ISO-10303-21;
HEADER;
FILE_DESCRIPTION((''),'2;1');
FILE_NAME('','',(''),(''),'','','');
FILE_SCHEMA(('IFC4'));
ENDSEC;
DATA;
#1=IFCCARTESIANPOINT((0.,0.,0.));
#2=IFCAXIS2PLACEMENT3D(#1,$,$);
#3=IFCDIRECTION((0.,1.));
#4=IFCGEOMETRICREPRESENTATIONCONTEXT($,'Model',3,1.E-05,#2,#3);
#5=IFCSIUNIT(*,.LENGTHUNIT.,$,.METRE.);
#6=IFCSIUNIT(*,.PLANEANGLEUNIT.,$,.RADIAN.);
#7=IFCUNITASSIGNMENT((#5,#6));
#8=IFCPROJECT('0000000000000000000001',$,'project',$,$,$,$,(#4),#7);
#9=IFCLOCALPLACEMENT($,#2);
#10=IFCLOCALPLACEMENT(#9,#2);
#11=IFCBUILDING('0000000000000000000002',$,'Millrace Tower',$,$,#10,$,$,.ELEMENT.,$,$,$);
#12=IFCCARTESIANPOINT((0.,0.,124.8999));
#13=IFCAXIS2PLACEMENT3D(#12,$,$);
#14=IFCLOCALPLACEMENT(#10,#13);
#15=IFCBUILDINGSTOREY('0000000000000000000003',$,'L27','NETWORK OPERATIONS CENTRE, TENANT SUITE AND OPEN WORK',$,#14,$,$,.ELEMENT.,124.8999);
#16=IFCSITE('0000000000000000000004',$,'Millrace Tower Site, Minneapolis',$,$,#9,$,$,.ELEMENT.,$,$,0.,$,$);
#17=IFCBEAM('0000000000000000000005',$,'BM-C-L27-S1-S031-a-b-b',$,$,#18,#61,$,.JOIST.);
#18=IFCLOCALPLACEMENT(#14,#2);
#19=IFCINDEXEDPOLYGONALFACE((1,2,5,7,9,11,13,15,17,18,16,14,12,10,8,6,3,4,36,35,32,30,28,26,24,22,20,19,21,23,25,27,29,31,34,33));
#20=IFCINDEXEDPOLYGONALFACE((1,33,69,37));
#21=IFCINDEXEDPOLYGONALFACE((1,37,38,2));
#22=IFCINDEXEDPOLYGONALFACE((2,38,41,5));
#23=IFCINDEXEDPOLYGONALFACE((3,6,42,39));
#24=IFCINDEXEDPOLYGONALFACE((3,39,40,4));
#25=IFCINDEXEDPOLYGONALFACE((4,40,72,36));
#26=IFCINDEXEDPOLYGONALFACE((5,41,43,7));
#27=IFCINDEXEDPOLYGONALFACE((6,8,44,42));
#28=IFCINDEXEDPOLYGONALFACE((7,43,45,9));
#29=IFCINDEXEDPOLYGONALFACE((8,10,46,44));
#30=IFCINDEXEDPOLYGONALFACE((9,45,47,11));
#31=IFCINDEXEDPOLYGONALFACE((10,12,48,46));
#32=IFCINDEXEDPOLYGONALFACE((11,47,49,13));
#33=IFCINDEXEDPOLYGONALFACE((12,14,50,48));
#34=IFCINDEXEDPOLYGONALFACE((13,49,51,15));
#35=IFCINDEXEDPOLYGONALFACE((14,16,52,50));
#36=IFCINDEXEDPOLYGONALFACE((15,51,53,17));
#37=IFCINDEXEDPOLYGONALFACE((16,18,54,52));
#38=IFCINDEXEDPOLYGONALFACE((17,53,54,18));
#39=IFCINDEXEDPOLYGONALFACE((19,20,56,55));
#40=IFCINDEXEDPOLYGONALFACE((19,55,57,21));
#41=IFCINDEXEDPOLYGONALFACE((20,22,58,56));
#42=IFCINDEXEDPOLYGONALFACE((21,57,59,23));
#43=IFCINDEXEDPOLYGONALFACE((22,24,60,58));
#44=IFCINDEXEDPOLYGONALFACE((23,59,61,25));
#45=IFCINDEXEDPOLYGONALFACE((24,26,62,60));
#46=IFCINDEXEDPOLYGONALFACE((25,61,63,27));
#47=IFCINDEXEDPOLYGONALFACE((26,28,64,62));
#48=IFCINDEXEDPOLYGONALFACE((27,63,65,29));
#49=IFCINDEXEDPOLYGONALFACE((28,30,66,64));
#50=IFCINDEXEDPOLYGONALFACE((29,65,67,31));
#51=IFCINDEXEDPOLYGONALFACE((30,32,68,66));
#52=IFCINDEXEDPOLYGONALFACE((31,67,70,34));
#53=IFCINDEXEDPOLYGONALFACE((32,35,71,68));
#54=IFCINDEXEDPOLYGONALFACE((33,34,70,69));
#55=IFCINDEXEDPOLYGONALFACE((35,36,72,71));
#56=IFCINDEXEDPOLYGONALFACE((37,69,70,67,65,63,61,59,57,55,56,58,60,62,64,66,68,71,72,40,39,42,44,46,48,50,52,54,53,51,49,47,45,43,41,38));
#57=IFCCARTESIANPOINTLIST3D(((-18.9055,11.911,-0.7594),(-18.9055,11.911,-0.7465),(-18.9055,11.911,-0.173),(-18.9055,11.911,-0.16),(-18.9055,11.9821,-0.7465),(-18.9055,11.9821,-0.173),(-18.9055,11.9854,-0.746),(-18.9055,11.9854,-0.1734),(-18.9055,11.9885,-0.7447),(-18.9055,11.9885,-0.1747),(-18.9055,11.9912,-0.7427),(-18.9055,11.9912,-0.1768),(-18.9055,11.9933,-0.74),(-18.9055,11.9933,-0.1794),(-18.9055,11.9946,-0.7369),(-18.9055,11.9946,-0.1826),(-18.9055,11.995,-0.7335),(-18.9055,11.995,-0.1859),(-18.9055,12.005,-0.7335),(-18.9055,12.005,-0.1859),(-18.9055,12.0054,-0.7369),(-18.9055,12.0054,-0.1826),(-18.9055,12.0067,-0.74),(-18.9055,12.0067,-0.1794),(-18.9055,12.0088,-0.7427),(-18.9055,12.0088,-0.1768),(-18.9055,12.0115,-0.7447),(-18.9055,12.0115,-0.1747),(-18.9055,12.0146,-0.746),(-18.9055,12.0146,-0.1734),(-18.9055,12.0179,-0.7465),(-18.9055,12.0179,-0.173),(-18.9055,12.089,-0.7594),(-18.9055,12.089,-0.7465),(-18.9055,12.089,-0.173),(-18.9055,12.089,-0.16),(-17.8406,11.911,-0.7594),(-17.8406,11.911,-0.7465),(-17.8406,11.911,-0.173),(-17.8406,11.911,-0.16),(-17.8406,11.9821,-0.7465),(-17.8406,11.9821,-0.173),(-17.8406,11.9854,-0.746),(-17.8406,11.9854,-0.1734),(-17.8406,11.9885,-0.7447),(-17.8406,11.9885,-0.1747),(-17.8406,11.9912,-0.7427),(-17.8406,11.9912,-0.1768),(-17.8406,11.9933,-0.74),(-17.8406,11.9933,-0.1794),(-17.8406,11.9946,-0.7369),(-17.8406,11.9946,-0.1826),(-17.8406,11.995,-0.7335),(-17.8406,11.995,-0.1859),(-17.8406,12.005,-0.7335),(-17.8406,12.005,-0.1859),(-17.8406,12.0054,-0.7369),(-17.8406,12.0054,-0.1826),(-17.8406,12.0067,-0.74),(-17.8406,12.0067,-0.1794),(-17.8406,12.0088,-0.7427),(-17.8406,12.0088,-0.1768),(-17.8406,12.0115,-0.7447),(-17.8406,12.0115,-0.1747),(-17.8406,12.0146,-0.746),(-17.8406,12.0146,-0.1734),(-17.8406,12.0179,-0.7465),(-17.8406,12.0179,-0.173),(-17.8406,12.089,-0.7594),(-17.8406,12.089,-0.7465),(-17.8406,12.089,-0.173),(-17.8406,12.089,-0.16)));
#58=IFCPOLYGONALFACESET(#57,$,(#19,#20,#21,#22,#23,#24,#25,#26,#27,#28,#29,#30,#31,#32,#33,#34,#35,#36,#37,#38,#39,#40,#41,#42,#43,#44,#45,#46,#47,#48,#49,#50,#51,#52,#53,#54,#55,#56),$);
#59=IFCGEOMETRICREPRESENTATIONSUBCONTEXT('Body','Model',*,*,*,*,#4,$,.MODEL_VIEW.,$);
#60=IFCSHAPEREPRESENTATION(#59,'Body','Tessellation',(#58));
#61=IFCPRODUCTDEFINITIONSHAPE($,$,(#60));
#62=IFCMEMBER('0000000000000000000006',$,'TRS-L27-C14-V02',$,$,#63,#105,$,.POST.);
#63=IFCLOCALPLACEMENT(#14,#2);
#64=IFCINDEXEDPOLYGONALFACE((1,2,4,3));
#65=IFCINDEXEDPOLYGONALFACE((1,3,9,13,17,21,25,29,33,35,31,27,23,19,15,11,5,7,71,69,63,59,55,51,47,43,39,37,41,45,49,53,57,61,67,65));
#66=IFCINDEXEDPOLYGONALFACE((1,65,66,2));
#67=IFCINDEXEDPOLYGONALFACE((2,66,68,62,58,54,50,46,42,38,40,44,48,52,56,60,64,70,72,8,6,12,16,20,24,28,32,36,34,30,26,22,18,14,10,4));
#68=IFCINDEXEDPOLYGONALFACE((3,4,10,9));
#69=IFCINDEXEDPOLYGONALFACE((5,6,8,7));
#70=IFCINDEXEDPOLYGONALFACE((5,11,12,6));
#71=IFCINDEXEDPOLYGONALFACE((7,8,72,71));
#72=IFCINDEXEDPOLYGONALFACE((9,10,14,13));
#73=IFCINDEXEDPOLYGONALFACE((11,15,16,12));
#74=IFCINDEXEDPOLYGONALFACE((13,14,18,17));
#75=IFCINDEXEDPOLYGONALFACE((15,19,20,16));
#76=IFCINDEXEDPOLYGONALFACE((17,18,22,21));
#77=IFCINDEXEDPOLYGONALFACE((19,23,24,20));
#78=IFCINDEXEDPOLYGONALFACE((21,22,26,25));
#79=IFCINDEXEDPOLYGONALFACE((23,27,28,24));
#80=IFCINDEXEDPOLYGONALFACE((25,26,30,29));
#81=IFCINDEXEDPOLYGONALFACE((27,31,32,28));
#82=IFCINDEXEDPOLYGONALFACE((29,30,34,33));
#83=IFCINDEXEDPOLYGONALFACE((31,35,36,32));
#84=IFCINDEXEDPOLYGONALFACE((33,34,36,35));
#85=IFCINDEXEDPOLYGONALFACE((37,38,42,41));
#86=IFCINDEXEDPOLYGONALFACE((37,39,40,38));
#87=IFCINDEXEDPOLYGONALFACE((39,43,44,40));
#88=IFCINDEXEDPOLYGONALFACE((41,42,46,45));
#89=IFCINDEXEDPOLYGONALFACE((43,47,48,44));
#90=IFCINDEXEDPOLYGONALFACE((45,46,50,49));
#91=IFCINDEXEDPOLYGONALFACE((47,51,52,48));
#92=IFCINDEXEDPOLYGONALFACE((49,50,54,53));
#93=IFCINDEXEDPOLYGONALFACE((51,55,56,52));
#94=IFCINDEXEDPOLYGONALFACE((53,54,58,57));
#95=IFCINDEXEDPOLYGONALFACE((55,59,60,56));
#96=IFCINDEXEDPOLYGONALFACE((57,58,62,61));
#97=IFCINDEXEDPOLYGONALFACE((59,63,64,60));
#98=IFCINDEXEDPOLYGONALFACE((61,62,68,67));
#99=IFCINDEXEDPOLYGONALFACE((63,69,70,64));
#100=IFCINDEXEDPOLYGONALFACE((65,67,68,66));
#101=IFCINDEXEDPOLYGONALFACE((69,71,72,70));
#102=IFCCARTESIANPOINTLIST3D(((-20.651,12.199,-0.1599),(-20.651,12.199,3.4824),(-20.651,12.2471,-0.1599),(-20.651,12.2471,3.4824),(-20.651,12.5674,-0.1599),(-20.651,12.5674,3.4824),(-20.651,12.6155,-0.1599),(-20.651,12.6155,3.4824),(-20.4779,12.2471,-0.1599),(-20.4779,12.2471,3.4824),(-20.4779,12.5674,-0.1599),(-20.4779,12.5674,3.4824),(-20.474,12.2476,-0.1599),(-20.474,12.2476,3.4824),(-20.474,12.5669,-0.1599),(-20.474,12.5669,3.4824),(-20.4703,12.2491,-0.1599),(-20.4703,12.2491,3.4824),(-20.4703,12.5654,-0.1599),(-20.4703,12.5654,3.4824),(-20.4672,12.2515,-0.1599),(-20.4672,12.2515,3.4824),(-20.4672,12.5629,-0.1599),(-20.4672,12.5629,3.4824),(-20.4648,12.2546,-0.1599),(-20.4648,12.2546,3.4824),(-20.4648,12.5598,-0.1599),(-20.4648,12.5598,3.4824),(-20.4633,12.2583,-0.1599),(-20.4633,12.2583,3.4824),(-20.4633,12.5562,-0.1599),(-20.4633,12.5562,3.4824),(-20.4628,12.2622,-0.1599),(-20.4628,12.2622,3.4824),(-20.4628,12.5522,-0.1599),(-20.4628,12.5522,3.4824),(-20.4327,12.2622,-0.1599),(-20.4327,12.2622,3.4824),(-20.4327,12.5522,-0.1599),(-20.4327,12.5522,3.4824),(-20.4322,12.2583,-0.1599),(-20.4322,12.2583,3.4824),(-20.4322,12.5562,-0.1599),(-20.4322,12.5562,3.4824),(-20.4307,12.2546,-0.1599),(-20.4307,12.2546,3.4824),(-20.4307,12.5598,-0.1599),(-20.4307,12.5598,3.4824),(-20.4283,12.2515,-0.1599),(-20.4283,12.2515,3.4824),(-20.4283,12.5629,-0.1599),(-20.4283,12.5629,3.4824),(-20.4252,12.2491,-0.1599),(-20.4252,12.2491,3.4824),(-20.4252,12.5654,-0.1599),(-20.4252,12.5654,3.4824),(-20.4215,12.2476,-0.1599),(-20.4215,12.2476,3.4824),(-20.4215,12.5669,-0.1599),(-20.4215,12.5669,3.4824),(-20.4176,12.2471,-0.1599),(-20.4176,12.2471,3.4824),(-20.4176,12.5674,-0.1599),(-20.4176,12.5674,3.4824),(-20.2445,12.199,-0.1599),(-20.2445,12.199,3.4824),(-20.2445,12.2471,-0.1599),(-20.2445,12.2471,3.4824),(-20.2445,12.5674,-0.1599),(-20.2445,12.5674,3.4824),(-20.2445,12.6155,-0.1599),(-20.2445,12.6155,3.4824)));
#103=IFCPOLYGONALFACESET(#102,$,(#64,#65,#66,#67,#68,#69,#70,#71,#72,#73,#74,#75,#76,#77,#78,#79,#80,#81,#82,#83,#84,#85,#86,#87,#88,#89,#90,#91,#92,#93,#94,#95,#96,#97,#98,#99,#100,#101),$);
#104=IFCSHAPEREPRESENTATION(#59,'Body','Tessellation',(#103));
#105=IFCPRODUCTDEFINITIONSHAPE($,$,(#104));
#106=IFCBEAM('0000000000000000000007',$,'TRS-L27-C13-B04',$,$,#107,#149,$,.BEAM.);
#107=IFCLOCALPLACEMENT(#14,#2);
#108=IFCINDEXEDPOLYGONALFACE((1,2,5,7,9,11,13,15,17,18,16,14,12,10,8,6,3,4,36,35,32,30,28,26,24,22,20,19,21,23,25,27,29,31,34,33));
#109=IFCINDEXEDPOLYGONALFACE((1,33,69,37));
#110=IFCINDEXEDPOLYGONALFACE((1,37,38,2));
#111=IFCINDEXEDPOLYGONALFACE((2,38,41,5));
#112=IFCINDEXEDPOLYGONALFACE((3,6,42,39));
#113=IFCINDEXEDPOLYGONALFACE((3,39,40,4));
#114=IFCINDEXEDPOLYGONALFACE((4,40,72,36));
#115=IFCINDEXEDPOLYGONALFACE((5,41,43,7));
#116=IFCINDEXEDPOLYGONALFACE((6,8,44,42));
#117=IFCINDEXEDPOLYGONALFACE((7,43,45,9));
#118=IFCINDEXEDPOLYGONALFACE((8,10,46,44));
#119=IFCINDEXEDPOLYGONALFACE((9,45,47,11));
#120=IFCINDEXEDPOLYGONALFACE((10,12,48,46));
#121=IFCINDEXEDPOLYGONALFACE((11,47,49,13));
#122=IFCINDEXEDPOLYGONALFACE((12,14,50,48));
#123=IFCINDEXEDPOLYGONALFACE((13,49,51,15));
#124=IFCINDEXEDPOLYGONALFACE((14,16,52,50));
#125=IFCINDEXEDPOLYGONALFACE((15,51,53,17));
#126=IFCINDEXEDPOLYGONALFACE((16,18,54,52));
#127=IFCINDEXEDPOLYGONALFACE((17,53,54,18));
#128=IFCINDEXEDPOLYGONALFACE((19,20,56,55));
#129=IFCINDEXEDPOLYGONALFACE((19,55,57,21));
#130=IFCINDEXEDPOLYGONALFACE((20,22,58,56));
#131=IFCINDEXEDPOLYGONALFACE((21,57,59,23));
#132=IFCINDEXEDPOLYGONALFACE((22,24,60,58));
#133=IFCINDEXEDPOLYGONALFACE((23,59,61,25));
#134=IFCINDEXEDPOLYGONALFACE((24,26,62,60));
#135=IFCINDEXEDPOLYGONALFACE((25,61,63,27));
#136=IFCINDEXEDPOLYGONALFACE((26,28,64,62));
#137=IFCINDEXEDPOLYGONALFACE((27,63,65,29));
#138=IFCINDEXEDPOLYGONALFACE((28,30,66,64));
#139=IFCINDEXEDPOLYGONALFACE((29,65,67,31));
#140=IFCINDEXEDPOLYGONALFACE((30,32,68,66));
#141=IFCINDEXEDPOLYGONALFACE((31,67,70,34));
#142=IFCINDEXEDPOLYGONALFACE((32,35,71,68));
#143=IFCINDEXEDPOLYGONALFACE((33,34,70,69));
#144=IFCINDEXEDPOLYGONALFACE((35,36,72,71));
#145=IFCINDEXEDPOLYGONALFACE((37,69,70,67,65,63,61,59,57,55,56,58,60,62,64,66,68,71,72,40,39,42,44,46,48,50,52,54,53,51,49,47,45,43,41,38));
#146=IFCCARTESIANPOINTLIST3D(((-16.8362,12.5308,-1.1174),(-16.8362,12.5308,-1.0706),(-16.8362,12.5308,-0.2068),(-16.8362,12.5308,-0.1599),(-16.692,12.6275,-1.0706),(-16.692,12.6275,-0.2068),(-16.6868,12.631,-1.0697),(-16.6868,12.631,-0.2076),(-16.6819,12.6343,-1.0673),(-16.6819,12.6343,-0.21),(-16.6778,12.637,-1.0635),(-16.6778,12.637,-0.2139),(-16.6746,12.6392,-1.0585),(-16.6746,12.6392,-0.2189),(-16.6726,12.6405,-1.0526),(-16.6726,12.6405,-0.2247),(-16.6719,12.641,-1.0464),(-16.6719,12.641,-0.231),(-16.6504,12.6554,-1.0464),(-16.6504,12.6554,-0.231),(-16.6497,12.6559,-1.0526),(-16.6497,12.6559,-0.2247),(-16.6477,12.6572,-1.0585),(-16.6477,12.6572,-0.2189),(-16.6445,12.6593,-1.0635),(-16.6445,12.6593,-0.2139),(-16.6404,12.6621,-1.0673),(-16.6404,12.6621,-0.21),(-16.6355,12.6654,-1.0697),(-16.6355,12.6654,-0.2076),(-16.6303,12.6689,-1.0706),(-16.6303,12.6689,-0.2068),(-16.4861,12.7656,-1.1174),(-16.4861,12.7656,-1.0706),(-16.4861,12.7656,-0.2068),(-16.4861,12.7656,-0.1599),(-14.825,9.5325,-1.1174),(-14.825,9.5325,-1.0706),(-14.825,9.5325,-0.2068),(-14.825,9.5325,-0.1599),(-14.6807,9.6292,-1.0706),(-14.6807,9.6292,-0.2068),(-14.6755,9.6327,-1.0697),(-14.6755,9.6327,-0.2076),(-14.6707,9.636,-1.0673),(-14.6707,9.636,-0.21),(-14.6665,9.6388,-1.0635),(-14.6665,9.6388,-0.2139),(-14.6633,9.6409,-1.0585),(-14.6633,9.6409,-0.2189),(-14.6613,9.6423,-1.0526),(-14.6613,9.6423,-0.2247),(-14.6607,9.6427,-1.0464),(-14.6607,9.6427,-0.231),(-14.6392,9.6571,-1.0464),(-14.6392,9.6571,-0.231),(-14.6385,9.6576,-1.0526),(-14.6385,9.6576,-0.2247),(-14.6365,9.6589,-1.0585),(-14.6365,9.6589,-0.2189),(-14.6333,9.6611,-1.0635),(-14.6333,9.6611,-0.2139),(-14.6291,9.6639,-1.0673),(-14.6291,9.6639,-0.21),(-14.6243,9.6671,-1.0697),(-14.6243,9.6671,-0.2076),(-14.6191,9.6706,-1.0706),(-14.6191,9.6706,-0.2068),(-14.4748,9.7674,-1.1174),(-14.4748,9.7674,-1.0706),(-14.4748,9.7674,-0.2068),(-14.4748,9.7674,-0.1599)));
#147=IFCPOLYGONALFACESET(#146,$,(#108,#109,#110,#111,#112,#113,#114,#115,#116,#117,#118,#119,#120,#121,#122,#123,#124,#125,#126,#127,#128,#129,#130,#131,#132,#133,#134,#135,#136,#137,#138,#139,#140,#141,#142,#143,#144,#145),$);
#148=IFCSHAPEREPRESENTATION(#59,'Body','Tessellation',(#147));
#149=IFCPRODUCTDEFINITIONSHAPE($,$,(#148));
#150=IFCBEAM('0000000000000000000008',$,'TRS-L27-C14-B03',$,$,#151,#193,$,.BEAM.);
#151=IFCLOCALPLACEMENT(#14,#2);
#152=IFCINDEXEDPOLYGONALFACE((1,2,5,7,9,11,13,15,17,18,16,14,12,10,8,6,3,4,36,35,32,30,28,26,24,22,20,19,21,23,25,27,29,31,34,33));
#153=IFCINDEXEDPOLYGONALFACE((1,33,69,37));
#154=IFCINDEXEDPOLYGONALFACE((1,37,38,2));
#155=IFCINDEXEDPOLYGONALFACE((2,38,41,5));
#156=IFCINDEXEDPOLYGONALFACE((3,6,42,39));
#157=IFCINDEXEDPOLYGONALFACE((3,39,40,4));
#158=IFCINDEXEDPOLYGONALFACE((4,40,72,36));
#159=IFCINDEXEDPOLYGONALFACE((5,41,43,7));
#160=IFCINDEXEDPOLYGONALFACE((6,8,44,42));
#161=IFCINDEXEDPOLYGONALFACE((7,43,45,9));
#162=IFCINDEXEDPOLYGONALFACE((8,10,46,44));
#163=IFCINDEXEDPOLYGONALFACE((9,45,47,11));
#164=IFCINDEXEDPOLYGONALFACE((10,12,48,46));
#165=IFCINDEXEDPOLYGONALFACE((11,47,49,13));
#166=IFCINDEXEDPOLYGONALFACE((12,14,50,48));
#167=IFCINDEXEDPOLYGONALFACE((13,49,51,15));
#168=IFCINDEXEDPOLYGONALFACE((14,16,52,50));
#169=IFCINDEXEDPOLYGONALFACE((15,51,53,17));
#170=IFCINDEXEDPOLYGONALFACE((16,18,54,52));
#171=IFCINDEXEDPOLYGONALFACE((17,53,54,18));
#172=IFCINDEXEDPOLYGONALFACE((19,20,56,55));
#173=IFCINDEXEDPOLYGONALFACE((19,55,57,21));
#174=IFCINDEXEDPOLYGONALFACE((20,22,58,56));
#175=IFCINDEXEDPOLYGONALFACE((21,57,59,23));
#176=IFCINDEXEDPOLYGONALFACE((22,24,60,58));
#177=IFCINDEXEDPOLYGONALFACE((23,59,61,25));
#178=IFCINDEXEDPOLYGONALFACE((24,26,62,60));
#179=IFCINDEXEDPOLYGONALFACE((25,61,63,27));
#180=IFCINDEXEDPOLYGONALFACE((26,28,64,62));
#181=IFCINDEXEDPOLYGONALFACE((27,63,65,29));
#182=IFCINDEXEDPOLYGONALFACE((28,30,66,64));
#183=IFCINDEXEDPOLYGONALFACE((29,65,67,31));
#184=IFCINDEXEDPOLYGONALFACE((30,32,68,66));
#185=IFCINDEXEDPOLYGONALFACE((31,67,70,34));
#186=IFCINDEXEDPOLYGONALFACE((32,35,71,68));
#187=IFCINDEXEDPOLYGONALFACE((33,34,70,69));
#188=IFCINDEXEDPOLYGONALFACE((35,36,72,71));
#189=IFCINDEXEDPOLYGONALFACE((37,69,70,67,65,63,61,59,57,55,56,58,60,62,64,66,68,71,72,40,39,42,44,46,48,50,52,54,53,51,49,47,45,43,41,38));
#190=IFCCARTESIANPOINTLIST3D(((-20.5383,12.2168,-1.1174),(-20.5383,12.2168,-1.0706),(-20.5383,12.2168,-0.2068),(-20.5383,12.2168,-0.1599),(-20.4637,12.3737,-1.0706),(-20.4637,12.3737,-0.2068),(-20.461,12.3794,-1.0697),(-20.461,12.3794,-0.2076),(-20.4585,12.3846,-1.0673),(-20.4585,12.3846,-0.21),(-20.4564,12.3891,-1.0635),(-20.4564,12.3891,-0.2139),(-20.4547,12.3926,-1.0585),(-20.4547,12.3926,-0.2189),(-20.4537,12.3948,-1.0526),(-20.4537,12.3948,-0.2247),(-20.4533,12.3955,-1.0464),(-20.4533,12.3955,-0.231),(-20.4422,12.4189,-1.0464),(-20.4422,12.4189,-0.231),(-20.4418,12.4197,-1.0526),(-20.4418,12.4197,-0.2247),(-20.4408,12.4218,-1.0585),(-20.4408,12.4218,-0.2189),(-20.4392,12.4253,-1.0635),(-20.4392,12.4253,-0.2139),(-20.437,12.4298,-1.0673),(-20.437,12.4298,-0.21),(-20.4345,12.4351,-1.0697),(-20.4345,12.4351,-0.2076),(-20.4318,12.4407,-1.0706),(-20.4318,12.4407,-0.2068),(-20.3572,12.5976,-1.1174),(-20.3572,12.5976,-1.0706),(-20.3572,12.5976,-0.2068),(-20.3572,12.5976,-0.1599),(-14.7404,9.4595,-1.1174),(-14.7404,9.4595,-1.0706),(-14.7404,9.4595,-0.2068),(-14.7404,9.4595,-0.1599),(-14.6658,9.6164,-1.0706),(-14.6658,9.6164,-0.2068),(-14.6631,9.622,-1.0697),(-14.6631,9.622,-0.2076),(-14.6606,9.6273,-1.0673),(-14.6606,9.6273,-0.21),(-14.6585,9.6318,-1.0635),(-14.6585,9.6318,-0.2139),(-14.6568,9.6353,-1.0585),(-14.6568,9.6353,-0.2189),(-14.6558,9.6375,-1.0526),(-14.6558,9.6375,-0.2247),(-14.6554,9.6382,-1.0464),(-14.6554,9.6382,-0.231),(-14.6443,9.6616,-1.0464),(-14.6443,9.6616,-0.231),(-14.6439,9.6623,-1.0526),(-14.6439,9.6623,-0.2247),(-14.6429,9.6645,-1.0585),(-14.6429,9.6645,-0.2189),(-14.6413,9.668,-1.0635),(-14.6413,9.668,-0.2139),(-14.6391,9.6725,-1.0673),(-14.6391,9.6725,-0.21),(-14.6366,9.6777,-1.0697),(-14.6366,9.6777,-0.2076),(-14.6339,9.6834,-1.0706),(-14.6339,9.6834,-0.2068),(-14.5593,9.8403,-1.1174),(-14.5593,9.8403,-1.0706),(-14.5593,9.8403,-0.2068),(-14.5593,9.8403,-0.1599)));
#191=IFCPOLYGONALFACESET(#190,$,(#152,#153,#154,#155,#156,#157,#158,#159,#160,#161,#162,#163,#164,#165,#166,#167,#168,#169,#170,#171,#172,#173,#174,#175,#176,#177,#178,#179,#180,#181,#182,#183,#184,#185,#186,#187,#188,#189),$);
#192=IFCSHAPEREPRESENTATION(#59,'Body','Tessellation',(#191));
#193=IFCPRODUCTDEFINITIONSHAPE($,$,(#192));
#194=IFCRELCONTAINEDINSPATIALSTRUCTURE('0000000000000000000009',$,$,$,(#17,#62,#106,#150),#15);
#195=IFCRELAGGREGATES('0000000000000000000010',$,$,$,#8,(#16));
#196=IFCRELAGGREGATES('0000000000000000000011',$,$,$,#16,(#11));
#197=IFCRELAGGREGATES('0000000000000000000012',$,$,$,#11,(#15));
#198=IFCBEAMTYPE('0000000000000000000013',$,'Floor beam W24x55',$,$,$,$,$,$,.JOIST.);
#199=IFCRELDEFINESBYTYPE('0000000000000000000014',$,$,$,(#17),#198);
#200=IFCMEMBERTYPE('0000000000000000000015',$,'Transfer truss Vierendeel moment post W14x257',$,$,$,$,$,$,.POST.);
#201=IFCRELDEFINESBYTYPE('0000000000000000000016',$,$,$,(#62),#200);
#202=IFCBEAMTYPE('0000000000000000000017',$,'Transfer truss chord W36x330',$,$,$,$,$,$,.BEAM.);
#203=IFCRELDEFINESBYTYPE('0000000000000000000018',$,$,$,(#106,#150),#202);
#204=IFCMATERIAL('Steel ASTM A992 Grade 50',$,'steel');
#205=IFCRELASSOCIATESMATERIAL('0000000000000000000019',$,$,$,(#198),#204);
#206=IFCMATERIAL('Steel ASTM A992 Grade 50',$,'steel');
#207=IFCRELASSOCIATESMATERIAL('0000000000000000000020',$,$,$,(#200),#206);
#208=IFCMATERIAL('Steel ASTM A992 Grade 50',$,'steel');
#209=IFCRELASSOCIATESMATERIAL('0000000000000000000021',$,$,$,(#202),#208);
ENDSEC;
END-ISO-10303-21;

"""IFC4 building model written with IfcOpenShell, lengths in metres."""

from ifc_helpers import new_model, si_unit, direction, frame, origin, origin_2d, place, context, subcontext, project, spatial, i_section, extrude, material, material_profile, profile_set, type_object, element, save


model = new_model("IFC4")

# Units and contexts
model_context = context("Model", 3, precision=1e-05, world=origin(), true_north=direction((0.0, 1.0)))
body_context = subcontext(model_context, "Body", "Model", "MODEL_VIEW")
ifc_project = project(units=[si_unit("LENGTHUNIT", "METRE"), si_unit("PLANEANGLEUNIT", "RADIAN")], contexts=[model_context])

# Site, building, storey
site_placement = place(None, origin())
site = spatial("IfcSite", under=ifc_project, at=site_placement, Name="Millrace Tower Site, Minneapolis", CompositionType="ELEMENT", RefElevation=0.0)
building_placement = place(site_placement, origin())
building = spatial("IfcBuilding", under=site, at=building_placement, Name="Millrace Tower", CompositionType="ELEMENT")
storey_placement = place(building_placement, frame((0.0, 0.0, 124.8999)))
storey = spatial("IfcBuildingStorey", under=building, at=storey_placement, Name="L27", Description="NETWORK OPERATIONS CENTRE, TENANT SUITE AND OPEN WORK", CompositionType="ELEMENT", Elevation=124.8999)

# Beam
ifc_material_1 = material(Name="Steel ASTM A992 Grade 50", Category="steel")
ifc_material_profile_1 = material_profile(ifc_material_1, i_section(OverallWidth=0.178, OverallDepth=0.5994, WebThickness=0.01, FlangeThickness=0.0129, FilletRadius=0.0129, at=origin_2d()))
ifc_profile_set_1 = profile_set([ifc_material_profile_1], Name="Steel ASTM A992 Grade 50")
beam_type_1 = type_object("IfcBeamType", Name="Floor beam W24x55", PredefinedType="JOIST", material=ifc_profile_set_1)
beam_1_placement = place(storey_placement, frame((-18.9055, 12.0, -0.4597), z_axis=(1.0, 0.0, 0.0), x_axis=(0.0, 1.0, 0.0)))
element("IfcBeam", 1, at=beam_1_placement, inside=storey, type_object=beam_type_1, Name="BM-C-L27-S1-S031-a-b-b", PredefinedType="JOIST", context=body_context, shape_type="SweptSolid", body=[
    extrude(i_section(OverallWidth=0.178, OverallDepth=0.5994, WebThickness=0.01, FlangeThickness=0.0129, FilletRadius=0.0129, at=origin_2d()), origin(), (0.0, 0.0, 1.0), 1.0649),
])

# Member
ifc_material_2 = material(Name="Steel ASTM A992 Grade 50", Category="steel")
ifc_material_profile_2 = material_profile(ifc_material_2, i_section(OverallWidth=0.4065, OverallDepth=0.4165, WebThickness=0.03, FlangeThickness=0.0481, FilletRadius=0.0151, at=origin_2d()))
ifc_profile_set_2 = profile_set([ifc_material_profile_2], Name="Steel ASTM A992 Grade 50")
member_type_1 = type_object("IfcMemberType", Name="Transfer truss Vierendeel moment post W14x257", PredefinedType="POST", material=ifc_profile_set_2)
member_1_placement = place(storey_placement, frame((-20.4478, 12.4072, -0.1599), z_axis=(0.0, 0.0, 1.0), x_axis=(1.0, 0.0, 0.0)))
element("IfcMember", 2, at=member_1_placement, inside=storey, type_object=member_type_1, Name="TRS-L27-C14-V02", PredefinedType="POST", context=body_context, shape_type="SweptSolid", body=[
    extrude(i_section(OverallWidth=0.4065, OverallDepth=0.4165, WebThickness=0.03, FlangeThickness=0.0481, FilletRadius=0.0151, at=origin_2d()), origin(), (0.0, 0.0, 1.0), 3.6423),
])

# Beams
ifc_material_3 = material(Name="Steel ASTM A992 Grade 50", Category="steel")
ifc_material_profile_3 = material_profile(ifc_material_3, i_section(OverallWidth=0.4216, OverallDepth=0.9575, WebThickness=0.0259, FlangeThickness=0.0469, FilletRadius=0.0242, at=origin_2d()))
ifc_profile_set_3 = profile_set([ifc_material_profile_3], Name="Steel ASTM A992 Grade 50")
beam_type_2 = type_object("IfcBeamType", Name="Transfer truss chord W36x330", PredefinedType="BEAM", material=ifc_profile_set_3)
beam_2_placement = place(storey_placement, frame((-16.6611, 12.6482, -0.6387), z_axis=(0.55707, -0.830466, 0.0), x_axis=(0.830466, 0.55707, 0.0)))
element("IfcBeam", 3, at=beam_2_placement, inside=storey, type_object=beam_type_2, Name="TRS-L27-C13-B04", PredefinedType="BEAM", context=body_context, shape_type="SweptSolid", body=[
    extrude(i_section(OverallWidth=0.4216, OverallDepth=0.9575, WebThickness=0.0259, FlangeThickness=0.0469, FilletRadius=0.0242, at=origin_2d()), origin(), (0.0, 0.0, 1.0), 3.6104),
])
for number, where, z_axis, x_axis, name in (
    (4, (-20.4478, 12.4072, -0.6387), (0.903075, -0.429482, 0.0), (0.429482, 0.903075, 0.0), "TRS-L27-C14-B03"),
):
    element("IfcBeam", number, at=place(storey_placement, frame(where, z_axis=z_axis, x_axis=x_axis)), inside=storey, type_object=beam_type_2, Name=name, PredefinedType="BEAM", context=body_context, shape_type="SweptSolid", body=[
        extrude(i_section(OverallWidth=0.4216, OverallDepth=0.9575, WebThickness=0.0259, FlangeThickness=0.0469, FilletRadius=0.0242, at=origin_2d()), origin(), (0.0, 0.0, 1.0), 6.4202),
    ])

save(model, "model.ifc")
